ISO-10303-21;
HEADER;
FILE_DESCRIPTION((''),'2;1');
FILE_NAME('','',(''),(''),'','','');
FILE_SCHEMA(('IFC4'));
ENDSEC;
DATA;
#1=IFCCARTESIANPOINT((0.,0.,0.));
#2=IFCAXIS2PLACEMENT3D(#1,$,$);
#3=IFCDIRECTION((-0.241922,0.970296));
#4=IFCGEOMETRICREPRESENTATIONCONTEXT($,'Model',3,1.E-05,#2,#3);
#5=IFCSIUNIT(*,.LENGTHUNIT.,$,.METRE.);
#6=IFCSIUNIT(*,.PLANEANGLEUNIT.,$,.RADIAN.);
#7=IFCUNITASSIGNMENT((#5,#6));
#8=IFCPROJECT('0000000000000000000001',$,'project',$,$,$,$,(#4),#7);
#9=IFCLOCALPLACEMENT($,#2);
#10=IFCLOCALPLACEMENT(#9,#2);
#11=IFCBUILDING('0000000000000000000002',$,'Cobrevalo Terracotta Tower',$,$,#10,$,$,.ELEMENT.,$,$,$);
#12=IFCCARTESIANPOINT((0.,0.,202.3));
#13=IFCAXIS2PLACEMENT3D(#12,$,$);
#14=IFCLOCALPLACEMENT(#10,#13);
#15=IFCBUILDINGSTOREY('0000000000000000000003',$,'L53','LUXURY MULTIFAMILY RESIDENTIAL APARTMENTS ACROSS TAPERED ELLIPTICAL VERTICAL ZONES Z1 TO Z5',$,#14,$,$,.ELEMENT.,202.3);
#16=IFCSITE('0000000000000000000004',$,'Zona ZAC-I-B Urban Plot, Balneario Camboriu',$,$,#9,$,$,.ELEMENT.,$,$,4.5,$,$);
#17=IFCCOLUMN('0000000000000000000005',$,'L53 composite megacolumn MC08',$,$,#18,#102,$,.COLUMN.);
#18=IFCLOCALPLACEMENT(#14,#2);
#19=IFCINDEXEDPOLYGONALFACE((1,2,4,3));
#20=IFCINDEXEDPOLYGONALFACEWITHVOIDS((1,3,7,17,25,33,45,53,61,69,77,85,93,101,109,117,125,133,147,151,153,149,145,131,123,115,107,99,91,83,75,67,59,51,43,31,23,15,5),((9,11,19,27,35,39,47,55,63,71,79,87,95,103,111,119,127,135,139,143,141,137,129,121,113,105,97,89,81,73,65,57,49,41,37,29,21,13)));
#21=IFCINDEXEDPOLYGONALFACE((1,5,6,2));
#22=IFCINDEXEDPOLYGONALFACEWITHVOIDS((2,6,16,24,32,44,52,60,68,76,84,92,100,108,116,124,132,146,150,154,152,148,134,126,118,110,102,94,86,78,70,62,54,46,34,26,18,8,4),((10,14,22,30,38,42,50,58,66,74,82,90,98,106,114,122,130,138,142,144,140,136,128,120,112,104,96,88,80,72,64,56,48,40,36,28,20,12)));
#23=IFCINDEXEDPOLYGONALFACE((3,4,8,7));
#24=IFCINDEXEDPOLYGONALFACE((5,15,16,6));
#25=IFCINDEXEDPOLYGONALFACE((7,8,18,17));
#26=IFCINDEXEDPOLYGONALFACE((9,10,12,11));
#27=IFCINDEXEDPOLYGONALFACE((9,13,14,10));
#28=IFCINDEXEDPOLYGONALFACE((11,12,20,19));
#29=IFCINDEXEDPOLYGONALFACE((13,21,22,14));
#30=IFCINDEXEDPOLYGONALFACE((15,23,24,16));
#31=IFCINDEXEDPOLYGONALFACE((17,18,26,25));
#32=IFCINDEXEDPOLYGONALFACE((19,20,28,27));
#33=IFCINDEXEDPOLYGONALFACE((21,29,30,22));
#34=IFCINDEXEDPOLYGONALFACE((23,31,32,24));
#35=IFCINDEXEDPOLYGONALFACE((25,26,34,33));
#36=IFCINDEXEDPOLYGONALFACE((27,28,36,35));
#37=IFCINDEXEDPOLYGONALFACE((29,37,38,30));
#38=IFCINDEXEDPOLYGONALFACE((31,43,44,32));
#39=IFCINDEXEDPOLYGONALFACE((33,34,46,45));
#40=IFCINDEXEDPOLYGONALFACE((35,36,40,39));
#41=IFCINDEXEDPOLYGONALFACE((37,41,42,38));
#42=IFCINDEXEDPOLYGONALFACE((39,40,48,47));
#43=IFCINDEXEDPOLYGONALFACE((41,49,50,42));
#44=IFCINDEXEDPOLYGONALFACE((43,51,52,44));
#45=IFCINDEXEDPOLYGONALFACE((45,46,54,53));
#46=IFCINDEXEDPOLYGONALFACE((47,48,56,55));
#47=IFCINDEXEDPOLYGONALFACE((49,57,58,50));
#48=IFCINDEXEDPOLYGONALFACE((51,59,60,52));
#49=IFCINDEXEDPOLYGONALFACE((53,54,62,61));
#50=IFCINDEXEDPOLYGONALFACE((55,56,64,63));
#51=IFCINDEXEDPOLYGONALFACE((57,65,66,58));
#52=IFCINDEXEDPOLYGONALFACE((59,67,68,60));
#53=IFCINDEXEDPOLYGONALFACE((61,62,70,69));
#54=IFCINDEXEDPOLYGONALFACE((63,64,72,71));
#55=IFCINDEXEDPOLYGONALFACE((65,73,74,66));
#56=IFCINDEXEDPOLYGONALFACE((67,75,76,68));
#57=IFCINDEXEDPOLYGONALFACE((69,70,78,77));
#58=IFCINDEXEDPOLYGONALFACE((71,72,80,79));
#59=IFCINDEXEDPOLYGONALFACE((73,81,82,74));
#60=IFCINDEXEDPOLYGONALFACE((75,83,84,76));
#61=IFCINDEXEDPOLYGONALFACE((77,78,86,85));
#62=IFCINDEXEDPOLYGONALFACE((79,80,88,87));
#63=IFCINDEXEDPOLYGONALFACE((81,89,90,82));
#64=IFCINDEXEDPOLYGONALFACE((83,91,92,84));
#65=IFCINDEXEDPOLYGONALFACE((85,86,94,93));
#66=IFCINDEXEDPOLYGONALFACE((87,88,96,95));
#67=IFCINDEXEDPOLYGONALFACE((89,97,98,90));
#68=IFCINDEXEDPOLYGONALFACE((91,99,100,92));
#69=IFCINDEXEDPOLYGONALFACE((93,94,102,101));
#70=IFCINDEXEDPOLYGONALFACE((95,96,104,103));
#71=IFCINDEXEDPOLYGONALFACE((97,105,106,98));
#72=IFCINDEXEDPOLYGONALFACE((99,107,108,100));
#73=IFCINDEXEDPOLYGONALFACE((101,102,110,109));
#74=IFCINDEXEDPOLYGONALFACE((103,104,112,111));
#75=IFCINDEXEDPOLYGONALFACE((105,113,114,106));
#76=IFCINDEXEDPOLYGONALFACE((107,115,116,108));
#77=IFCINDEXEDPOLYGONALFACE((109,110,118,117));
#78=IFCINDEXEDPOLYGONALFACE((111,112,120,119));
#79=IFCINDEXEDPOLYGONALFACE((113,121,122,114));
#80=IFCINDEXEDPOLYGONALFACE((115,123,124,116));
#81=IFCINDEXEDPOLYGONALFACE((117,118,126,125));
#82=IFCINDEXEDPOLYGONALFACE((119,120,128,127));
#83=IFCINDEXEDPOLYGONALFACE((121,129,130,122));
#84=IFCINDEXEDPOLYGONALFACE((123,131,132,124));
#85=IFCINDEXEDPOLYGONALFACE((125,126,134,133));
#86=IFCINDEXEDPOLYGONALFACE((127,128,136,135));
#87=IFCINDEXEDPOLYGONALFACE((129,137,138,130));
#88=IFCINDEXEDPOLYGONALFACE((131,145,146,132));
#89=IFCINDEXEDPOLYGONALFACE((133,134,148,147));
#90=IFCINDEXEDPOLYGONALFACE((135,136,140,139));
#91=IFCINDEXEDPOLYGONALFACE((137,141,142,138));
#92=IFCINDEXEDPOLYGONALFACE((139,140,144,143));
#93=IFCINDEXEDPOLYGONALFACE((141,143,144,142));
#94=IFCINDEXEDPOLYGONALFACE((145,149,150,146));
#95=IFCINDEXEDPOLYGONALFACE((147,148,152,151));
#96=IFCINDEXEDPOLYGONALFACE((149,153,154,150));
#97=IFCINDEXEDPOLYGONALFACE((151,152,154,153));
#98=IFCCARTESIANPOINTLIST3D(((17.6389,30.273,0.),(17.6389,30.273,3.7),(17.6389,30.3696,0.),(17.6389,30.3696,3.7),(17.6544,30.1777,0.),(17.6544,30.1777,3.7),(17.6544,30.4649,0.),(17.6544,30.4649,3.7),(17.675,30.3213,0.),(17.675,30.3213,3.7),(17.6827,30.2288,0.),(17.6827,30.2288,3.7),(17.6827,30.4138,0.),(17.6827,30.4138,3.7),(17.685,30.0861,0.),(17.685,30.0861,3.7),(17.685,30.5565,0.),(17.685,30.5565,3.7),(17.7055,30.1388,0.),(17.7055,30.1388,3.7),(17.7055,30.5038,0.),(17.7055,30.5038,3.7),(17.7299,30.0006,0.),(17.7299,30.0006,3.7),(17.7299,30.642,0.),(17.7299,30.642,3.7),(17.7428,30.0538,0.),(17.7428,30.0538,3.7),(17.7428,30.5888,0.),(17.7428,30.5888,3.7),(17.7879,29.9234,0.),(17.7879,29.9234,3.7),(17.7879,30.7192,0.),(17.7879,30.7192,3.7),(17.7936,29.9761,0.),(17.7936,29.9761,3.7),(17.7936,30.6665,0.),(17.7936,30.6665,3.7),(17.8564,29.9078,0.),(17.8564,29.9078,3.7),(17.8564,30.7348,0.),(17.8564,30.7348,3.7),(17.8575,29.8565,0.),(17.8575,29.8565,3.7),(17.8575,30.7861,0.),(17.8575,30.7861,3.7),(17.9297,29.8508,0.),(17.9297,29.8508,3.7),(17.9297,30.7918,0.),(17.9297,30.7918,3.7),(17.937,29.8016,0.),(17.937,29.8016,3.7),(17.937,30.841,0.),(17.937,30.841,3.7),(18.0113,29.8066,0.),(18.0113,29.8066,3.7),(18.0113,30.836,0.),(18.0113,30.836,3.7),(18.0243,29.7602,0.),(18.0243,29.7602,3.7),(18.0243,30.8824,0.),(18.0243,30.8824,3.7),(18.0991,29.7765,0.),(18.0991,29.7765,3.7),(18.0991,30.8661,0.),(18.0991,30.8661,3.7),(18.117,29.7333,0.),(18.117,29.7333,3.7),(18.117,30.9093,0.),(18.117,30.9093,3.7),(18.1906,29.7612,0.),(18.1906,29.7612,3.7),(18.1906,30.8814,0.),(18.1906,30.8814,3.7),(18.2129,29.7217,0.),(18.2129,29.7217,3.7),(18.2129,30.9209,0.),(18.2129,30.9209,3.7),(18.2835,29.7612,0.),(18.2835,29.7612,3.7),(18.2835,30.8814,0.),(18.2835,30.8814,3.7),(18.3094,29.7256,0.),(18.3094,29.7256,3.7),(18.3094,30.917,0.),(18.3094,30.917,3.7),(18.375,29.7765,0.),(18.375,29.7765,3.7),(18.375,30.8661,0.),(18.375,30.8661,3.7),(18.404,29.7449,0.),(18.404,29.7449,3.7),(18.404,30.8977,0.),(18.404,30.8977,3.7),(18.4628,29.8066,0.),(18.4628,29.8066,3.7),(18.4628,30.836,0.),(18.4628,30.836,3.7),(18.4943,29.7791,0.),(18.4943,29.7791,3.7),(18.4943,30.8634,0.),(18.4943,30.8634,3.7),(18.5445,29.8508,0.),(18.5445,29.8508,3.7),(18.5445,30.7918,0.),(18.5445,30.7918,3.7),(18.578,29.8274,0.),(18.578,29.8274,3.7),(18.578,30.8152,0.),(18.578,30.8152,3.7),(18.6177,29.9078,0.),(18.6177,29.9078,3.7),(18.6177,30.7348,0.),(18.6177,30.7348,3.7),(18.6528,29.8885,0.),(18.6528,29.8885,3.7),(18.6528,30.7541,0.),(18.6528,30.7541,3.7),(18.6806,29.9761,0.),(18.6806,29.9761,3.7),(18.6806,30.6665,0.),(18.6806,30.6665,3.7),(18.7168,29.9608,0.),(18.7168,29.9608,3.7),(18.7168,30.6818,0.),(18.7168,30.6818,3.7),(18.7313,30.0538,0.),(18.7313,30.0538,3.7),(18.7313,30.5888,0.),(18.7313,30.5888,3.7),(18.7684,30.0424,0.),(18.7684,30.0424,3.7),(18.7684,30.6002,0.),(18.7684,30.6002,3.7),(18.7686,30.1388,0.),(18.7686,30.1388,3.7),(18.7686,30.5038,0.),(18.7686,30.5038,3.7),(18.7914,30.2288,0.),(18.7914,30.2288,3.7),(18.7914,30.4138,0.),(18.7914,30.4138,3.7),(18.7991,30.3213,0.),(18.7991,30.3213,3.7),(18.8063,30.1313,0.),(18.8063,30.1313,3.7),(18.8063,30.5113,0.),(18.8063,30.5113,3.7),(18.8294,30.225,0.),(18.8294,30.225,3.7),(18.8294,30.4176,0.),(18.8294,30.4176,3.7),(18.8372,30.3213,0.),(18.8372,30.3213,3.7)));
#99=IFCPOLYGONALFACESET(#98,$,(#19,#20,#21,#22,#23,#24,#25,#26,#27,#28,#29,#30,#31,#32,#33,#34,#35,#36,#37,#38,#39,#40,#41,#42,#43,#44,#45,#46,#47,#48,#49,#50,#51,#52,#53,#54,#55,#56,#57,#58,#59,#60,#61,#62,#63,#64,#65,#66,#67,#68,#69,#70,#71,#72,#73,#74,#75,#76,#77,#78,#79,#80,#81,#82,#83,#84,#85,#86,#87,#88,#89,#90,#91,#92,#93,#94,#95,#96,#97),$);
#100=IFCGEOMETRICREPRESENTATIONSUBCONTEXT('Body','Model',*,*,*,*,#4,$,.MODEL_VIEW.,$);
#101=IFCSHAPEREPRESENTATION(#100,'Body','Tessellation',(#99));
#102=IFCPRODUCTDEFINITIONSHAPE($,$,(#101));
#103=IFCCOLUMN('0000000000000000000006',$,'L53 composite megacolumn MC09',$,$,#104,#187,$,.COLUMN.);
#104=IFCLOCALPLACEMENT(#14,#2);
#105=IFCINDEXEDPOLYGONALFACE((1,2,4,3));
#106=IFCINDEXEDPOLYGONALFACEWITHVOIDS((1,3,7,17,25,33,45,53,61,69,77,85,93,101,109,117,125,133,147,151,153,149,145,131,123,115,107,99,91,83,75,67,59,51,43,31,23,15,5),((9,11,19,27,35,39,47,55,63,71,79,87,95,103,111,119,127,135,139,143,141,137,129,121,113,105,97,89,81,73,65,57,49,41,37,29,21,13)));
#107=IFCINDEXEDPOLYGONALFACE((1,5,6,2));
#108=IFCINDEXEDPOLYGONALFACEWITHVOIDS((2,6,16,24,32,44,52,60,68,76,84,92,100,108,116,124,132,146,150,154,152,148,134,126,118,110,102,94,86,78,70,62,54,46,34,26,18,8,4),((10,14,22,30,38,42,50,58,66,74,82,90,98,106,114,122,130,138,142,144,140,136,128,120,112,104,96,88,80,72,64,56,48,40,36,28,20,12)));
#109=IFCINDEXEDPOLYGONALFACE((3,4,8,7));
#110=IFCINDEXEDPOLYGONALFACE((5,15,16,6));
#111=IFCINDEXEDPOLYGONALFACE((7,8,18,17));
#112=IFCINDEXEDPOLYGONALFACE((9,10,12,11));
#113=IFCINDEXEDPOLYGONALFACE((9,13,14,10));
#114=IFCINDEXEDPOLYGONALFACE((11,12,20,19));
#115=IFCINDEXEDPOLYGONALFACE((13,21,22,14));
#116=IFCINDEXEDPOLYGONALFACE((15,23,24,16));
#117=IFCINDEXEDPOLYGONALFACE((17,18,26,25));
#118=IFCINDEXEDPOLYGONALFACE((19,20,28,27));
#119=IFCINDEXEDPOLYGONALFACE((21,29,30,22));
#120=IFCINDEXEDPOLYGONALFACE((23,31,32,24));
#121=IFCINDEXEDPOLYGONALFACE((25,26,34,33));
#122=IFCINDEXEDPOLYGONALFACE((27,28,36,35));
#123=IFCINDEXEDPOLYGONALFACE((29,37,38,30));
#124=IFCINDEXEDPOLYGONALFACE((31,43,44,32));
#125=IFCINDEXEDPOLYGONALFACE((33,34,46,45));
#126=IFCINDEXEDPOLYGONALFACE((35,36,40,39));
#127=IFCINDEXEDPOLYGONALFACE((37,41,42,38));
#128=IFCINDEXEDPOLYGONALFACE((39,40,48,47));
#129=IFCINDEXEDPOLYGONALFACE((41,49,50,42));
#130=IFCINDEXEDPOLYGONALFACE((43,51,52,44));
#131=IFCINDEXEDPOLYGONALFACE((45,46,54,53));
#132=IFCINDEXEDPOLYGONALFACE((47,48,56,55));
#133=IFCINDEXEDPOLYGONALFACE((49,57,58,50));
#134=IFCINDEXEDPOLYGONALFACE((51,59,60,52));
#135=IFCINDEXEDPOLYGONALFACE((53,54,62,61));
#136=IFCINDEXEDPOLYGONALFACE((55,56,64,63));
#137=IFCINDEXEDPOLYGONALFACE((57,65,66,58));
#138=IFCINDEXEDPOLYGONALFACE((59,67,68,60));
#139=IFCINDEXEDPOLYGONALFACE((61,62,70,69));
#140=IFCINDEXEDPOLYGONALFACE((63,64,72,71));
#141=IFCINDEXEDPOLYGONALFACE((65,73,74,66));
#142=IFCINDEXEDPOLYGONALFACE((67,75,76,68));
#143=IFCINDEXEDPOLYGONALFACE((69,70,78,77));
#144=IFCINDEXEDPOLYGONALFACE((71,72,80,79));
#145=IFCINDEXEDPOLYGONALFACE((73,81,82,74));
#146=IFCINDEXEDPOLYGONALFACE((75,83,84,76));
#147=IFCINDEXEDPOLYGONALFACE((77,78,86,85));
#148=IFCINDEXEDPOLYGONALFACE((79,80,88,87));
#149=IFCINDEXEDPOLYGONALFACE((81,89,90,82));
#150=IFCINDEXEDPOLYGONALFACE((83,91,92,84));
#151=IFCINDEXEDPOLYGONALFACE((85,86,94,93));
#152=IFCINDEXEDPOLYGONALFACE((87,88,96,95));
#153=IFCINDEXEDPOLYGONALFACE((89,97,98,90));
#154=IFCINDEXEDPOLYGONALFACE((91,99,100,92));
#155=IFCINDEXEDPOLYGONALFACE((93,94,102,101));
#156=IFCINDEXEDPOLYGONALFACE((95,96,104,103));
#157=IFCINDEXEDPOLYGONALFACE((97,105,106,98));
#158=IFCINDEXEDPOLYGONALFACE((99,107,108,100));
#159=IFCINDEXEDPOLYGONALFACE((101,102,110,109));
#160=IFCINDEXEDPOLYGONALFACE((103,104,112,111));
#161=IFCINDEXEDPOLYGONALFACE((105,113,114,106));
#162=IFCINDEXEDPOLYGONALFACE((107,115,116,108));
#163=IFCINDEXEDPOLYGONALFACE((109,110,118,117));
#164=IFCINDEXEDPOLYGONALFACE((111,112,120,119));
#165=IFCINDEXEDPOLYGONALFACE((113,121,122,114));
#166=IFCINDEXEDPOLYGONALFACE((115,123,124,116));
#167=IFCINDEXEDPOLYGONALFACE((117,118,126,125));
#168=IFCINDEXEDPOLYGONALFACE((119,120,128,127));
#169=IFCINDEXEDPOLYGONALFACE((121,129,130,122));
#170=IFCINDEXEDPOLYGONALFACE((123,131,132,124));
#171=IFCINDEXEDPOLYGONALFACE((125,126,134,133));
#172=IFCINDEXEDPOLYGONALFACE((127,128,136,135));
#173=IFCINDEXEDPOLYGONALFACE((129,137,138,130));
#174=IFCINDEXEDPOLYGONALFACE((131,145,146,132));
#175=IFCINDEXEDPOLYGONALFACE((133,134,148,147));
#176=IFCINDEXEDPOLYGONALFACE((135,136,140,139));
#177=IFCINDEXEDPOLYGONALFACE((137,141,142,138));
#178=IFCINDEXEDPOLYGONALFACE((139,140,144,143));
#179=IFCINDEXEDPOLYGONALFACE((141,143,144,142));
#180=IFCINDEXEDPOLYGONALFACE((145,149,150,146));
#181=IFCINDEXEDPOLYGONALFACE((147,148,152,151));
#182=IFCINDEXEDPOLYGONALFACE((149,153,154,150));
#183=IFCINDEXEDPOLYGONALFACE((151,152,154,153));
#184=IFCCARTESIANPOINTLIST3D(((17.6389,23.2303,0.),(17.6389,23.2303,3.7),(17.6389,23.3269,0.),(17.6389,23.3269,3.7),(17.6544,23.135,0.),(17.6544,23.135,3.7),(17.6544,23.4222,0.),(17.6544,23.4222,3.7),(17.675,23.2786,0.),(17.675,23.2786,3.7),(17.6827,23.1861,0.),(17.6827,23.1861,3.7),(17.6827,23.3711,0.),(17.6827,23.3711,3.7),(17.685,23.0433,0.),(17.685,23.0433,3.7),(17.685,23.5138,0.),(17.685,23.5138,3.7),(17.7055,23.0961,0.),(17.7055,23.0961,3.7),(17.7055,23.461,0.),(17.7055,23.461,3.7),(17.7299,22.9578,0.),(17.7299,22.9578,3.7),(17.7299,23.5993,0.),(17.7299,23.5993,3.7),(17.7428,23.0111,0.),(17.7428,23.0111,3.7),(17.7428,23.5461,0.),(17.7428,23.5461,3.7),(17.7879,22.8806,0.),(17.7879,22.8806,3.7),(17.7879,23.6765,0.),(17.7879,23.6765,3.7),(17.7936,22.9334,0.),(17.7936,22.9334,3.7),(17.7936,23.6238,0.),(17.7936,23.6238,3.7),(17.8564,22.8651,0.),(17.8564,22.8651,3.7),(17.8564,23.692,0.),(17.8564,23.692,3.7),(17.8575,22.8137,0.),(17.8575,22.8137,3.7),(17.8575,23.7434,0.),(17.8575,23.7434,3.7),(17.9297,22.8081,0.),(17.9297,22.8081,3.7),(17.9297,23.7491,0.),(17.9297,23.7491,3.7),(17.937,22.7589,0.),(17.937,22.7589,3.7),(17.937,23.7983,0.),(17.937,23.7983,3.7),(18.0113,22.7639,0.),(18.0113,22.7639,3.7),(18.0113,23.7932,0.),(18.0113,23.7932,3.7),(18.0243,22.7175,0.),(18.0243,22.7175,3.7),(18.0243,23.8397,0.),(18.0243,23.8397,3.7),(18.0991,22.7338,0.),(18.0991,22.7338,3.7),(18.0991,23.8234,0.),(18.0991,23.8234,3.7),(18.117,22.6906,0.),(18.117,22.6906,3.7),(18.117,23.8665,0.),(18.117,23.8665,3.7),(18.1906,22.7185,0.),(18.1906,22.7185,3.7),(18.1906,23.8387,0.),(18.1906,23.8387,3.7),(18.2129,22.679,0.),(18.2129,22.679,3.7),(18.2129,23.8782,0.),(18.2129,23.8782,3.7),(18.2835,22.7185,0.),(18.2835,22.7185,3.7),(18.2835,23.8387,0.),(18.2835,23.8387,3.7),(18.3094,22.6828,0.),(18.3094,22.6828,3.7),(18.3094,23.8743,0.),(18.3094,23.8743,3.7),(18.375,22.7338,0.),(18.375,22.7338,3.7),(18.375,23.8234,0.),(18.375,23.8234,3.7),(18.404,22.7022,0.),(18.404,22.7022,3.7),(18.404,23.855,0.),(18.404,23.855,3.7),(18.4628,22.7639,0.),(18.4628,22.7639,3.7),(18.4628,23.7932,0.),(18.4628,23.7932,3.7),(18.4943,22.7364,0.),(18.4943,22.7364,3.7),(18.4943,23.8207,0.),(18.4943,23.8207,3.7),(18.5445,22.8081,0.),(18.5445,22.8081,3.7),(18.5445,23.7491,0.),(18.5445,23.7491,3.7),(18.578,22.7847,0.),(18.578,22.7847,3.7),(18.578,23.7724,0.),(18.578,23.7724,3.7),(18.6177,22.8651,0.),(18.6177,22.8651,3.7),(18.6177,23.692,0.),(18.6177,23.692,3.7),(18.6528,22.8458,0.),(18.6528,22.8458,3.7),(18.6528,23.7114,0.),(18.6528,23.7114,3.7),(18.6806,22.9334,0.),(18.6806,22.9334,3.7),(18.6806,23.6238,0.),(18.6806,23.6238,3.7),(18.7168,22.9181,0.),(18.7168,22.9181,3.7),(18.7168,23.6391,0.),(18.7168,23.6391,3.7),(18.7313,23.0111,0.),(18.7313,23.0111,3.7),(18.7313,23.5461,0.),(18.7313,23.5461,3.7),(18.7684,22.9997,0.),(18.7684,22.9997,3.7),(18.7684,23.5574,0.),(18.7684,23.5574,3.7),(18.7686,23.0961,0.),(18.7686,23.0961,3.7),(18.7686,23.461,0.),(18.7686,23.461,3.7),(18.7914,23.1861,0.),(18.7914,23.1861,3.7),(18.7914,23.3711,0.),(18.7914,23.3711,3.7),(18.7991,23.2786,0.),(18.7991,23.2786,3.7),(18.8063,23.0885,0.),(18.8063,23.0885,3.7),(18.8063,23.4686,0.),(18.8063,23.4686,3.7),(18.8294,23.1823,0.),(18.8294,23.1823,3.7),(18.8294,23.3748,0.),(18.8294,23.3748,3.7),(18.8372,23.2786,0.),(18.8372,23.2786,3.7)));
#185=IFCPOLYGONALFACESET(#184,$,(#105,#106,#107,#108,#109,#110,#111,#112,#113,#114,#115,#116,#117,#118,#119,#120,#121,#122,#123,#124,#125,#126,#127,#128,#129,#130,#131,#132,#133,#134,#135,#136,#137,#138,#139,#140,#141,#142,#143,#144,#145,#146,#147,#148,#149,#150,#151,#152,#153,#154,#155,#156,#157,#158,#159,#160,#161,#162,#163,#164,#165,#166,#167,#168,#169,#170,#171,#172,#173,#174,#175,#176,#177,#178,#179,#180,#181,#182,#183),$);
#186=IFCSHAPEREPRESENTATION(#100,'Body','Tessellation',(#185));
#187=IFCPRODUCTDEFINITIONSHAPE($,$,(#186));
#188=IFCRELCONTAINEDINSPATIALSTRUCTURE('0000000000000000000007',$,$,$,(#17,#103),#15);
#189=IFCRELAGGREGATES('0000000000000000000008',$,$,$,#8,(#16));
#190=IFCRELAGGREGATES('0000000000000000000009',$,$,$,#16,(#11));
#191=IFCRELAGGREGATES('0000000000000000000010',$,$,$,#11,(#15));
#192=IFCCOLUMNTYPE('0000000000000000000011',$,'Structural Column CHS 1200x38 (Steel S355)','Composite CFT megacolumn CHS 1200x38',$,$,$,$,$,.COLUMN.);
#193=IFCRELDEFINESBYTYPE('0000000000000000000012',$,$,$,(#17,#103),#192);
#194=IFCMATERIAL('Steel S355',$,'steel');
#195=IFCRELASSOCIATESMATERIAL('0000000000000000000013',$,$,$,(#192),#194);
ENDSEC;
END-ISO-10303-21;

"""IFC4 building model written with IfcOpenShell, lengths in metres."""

from ifc_helpers import new_model, si_unit, direction, frame, origin, origin_2d, place, context, subcontext, project, spatial, hollow_circle, extrude, material, material_profile, profile_set, type_object, element, save


model = new_model("IFC4")

# Units and contexts
model_context = context("Model", 3, precision=1e-05, world=origin(), true_north=direction((-0.241922, 0.970296)))
body_context = subcontext(model_context, "Body", "Model", "MODEL_VIEW")
ifc_project = project(units=[si_unit("LENGTHUNIT", "METRE"), si_unit("PLANEANGLEUNIT", "RADIAN")], contexts=[model_context])

# Site, building, storey
site_placement = place(None, origin())
site = spatial("IfcSite", under=ifc_project, at=site_placement, Name="Zona ZAC-I-B Urban Plot, Balneario Camboriu", CompositionType="ELEMENT", RefElevation=4.5)
building_placement = place(site_placement, origin())
building = spatial("IfcBuilding", under=site, at=building_placement, Name="Cobrevalo Terracotta Tower", CompositionType="ELEMENT")
storey_placement = place(building_placement, frame((0.0, 0.0, 202.3)))
storey = spatial("IfcBuildingStorey", under=building, at=storey_placement, Name="L53", Description="LUXURY MULTIFAMILY RESIDENTIAL APARTMENTS ACROSS TAPERED ELLIPTICAL VERTICAL ZONES Z1 TO Z5", CompositionType="ELEMENT", Elevation=202.3)

# Columns
ifc_material_1 = material(Name="Steel S355", Category="steel")
ifc_material_profile_1 = material_profile(ifc_material_1, hollow_circle(Radius=0.6001, WallThickness=0.0381, at=origin_2d()), Name="CHS 1200x38")
ifc_profile_set_1 = profile_set([ifc_material_profile_1], Name="Steel S355")
column_type = type_object("IfcColumnType", Name="Structural Column CHS 1200x38 (Steel S355)", Description="Composite CFT megacolumn CHS 1200x38", PredefinedType="COLUMN", material=ifc_profile_set_1)
for number, where, z_axis, x_axis, name in (
    (1, (18.2371, 30.3213, 0.0), (0.0, 0.0, 1.0), (1.0, 0.0, 0.0), "L53 composite megacolumn MC08"),
    (2, (18.2371, 23.2786, 0.0), (0.0, 0.0, 1.0), (1.0, 0.0, 0.0), "L53 composite megacolumn MC09"),
):
    element("IfcColumn", number, at=place(storey_placement, frame(where, z_axis=z_axis, x_axis=x_axis)), inside=storey, type_object=column_type, Name=name, PredefinedType="COLUMN", context=body_context, shape_type="SweptSolid", body=[
        extrude(hollow_circle(Radius=0.6001, WallThickness=0.0381, at=origin_2d()), origin(), (0.0, 0.0, 1.0), 3.7),
    ])

save(model, "model.ifc")
